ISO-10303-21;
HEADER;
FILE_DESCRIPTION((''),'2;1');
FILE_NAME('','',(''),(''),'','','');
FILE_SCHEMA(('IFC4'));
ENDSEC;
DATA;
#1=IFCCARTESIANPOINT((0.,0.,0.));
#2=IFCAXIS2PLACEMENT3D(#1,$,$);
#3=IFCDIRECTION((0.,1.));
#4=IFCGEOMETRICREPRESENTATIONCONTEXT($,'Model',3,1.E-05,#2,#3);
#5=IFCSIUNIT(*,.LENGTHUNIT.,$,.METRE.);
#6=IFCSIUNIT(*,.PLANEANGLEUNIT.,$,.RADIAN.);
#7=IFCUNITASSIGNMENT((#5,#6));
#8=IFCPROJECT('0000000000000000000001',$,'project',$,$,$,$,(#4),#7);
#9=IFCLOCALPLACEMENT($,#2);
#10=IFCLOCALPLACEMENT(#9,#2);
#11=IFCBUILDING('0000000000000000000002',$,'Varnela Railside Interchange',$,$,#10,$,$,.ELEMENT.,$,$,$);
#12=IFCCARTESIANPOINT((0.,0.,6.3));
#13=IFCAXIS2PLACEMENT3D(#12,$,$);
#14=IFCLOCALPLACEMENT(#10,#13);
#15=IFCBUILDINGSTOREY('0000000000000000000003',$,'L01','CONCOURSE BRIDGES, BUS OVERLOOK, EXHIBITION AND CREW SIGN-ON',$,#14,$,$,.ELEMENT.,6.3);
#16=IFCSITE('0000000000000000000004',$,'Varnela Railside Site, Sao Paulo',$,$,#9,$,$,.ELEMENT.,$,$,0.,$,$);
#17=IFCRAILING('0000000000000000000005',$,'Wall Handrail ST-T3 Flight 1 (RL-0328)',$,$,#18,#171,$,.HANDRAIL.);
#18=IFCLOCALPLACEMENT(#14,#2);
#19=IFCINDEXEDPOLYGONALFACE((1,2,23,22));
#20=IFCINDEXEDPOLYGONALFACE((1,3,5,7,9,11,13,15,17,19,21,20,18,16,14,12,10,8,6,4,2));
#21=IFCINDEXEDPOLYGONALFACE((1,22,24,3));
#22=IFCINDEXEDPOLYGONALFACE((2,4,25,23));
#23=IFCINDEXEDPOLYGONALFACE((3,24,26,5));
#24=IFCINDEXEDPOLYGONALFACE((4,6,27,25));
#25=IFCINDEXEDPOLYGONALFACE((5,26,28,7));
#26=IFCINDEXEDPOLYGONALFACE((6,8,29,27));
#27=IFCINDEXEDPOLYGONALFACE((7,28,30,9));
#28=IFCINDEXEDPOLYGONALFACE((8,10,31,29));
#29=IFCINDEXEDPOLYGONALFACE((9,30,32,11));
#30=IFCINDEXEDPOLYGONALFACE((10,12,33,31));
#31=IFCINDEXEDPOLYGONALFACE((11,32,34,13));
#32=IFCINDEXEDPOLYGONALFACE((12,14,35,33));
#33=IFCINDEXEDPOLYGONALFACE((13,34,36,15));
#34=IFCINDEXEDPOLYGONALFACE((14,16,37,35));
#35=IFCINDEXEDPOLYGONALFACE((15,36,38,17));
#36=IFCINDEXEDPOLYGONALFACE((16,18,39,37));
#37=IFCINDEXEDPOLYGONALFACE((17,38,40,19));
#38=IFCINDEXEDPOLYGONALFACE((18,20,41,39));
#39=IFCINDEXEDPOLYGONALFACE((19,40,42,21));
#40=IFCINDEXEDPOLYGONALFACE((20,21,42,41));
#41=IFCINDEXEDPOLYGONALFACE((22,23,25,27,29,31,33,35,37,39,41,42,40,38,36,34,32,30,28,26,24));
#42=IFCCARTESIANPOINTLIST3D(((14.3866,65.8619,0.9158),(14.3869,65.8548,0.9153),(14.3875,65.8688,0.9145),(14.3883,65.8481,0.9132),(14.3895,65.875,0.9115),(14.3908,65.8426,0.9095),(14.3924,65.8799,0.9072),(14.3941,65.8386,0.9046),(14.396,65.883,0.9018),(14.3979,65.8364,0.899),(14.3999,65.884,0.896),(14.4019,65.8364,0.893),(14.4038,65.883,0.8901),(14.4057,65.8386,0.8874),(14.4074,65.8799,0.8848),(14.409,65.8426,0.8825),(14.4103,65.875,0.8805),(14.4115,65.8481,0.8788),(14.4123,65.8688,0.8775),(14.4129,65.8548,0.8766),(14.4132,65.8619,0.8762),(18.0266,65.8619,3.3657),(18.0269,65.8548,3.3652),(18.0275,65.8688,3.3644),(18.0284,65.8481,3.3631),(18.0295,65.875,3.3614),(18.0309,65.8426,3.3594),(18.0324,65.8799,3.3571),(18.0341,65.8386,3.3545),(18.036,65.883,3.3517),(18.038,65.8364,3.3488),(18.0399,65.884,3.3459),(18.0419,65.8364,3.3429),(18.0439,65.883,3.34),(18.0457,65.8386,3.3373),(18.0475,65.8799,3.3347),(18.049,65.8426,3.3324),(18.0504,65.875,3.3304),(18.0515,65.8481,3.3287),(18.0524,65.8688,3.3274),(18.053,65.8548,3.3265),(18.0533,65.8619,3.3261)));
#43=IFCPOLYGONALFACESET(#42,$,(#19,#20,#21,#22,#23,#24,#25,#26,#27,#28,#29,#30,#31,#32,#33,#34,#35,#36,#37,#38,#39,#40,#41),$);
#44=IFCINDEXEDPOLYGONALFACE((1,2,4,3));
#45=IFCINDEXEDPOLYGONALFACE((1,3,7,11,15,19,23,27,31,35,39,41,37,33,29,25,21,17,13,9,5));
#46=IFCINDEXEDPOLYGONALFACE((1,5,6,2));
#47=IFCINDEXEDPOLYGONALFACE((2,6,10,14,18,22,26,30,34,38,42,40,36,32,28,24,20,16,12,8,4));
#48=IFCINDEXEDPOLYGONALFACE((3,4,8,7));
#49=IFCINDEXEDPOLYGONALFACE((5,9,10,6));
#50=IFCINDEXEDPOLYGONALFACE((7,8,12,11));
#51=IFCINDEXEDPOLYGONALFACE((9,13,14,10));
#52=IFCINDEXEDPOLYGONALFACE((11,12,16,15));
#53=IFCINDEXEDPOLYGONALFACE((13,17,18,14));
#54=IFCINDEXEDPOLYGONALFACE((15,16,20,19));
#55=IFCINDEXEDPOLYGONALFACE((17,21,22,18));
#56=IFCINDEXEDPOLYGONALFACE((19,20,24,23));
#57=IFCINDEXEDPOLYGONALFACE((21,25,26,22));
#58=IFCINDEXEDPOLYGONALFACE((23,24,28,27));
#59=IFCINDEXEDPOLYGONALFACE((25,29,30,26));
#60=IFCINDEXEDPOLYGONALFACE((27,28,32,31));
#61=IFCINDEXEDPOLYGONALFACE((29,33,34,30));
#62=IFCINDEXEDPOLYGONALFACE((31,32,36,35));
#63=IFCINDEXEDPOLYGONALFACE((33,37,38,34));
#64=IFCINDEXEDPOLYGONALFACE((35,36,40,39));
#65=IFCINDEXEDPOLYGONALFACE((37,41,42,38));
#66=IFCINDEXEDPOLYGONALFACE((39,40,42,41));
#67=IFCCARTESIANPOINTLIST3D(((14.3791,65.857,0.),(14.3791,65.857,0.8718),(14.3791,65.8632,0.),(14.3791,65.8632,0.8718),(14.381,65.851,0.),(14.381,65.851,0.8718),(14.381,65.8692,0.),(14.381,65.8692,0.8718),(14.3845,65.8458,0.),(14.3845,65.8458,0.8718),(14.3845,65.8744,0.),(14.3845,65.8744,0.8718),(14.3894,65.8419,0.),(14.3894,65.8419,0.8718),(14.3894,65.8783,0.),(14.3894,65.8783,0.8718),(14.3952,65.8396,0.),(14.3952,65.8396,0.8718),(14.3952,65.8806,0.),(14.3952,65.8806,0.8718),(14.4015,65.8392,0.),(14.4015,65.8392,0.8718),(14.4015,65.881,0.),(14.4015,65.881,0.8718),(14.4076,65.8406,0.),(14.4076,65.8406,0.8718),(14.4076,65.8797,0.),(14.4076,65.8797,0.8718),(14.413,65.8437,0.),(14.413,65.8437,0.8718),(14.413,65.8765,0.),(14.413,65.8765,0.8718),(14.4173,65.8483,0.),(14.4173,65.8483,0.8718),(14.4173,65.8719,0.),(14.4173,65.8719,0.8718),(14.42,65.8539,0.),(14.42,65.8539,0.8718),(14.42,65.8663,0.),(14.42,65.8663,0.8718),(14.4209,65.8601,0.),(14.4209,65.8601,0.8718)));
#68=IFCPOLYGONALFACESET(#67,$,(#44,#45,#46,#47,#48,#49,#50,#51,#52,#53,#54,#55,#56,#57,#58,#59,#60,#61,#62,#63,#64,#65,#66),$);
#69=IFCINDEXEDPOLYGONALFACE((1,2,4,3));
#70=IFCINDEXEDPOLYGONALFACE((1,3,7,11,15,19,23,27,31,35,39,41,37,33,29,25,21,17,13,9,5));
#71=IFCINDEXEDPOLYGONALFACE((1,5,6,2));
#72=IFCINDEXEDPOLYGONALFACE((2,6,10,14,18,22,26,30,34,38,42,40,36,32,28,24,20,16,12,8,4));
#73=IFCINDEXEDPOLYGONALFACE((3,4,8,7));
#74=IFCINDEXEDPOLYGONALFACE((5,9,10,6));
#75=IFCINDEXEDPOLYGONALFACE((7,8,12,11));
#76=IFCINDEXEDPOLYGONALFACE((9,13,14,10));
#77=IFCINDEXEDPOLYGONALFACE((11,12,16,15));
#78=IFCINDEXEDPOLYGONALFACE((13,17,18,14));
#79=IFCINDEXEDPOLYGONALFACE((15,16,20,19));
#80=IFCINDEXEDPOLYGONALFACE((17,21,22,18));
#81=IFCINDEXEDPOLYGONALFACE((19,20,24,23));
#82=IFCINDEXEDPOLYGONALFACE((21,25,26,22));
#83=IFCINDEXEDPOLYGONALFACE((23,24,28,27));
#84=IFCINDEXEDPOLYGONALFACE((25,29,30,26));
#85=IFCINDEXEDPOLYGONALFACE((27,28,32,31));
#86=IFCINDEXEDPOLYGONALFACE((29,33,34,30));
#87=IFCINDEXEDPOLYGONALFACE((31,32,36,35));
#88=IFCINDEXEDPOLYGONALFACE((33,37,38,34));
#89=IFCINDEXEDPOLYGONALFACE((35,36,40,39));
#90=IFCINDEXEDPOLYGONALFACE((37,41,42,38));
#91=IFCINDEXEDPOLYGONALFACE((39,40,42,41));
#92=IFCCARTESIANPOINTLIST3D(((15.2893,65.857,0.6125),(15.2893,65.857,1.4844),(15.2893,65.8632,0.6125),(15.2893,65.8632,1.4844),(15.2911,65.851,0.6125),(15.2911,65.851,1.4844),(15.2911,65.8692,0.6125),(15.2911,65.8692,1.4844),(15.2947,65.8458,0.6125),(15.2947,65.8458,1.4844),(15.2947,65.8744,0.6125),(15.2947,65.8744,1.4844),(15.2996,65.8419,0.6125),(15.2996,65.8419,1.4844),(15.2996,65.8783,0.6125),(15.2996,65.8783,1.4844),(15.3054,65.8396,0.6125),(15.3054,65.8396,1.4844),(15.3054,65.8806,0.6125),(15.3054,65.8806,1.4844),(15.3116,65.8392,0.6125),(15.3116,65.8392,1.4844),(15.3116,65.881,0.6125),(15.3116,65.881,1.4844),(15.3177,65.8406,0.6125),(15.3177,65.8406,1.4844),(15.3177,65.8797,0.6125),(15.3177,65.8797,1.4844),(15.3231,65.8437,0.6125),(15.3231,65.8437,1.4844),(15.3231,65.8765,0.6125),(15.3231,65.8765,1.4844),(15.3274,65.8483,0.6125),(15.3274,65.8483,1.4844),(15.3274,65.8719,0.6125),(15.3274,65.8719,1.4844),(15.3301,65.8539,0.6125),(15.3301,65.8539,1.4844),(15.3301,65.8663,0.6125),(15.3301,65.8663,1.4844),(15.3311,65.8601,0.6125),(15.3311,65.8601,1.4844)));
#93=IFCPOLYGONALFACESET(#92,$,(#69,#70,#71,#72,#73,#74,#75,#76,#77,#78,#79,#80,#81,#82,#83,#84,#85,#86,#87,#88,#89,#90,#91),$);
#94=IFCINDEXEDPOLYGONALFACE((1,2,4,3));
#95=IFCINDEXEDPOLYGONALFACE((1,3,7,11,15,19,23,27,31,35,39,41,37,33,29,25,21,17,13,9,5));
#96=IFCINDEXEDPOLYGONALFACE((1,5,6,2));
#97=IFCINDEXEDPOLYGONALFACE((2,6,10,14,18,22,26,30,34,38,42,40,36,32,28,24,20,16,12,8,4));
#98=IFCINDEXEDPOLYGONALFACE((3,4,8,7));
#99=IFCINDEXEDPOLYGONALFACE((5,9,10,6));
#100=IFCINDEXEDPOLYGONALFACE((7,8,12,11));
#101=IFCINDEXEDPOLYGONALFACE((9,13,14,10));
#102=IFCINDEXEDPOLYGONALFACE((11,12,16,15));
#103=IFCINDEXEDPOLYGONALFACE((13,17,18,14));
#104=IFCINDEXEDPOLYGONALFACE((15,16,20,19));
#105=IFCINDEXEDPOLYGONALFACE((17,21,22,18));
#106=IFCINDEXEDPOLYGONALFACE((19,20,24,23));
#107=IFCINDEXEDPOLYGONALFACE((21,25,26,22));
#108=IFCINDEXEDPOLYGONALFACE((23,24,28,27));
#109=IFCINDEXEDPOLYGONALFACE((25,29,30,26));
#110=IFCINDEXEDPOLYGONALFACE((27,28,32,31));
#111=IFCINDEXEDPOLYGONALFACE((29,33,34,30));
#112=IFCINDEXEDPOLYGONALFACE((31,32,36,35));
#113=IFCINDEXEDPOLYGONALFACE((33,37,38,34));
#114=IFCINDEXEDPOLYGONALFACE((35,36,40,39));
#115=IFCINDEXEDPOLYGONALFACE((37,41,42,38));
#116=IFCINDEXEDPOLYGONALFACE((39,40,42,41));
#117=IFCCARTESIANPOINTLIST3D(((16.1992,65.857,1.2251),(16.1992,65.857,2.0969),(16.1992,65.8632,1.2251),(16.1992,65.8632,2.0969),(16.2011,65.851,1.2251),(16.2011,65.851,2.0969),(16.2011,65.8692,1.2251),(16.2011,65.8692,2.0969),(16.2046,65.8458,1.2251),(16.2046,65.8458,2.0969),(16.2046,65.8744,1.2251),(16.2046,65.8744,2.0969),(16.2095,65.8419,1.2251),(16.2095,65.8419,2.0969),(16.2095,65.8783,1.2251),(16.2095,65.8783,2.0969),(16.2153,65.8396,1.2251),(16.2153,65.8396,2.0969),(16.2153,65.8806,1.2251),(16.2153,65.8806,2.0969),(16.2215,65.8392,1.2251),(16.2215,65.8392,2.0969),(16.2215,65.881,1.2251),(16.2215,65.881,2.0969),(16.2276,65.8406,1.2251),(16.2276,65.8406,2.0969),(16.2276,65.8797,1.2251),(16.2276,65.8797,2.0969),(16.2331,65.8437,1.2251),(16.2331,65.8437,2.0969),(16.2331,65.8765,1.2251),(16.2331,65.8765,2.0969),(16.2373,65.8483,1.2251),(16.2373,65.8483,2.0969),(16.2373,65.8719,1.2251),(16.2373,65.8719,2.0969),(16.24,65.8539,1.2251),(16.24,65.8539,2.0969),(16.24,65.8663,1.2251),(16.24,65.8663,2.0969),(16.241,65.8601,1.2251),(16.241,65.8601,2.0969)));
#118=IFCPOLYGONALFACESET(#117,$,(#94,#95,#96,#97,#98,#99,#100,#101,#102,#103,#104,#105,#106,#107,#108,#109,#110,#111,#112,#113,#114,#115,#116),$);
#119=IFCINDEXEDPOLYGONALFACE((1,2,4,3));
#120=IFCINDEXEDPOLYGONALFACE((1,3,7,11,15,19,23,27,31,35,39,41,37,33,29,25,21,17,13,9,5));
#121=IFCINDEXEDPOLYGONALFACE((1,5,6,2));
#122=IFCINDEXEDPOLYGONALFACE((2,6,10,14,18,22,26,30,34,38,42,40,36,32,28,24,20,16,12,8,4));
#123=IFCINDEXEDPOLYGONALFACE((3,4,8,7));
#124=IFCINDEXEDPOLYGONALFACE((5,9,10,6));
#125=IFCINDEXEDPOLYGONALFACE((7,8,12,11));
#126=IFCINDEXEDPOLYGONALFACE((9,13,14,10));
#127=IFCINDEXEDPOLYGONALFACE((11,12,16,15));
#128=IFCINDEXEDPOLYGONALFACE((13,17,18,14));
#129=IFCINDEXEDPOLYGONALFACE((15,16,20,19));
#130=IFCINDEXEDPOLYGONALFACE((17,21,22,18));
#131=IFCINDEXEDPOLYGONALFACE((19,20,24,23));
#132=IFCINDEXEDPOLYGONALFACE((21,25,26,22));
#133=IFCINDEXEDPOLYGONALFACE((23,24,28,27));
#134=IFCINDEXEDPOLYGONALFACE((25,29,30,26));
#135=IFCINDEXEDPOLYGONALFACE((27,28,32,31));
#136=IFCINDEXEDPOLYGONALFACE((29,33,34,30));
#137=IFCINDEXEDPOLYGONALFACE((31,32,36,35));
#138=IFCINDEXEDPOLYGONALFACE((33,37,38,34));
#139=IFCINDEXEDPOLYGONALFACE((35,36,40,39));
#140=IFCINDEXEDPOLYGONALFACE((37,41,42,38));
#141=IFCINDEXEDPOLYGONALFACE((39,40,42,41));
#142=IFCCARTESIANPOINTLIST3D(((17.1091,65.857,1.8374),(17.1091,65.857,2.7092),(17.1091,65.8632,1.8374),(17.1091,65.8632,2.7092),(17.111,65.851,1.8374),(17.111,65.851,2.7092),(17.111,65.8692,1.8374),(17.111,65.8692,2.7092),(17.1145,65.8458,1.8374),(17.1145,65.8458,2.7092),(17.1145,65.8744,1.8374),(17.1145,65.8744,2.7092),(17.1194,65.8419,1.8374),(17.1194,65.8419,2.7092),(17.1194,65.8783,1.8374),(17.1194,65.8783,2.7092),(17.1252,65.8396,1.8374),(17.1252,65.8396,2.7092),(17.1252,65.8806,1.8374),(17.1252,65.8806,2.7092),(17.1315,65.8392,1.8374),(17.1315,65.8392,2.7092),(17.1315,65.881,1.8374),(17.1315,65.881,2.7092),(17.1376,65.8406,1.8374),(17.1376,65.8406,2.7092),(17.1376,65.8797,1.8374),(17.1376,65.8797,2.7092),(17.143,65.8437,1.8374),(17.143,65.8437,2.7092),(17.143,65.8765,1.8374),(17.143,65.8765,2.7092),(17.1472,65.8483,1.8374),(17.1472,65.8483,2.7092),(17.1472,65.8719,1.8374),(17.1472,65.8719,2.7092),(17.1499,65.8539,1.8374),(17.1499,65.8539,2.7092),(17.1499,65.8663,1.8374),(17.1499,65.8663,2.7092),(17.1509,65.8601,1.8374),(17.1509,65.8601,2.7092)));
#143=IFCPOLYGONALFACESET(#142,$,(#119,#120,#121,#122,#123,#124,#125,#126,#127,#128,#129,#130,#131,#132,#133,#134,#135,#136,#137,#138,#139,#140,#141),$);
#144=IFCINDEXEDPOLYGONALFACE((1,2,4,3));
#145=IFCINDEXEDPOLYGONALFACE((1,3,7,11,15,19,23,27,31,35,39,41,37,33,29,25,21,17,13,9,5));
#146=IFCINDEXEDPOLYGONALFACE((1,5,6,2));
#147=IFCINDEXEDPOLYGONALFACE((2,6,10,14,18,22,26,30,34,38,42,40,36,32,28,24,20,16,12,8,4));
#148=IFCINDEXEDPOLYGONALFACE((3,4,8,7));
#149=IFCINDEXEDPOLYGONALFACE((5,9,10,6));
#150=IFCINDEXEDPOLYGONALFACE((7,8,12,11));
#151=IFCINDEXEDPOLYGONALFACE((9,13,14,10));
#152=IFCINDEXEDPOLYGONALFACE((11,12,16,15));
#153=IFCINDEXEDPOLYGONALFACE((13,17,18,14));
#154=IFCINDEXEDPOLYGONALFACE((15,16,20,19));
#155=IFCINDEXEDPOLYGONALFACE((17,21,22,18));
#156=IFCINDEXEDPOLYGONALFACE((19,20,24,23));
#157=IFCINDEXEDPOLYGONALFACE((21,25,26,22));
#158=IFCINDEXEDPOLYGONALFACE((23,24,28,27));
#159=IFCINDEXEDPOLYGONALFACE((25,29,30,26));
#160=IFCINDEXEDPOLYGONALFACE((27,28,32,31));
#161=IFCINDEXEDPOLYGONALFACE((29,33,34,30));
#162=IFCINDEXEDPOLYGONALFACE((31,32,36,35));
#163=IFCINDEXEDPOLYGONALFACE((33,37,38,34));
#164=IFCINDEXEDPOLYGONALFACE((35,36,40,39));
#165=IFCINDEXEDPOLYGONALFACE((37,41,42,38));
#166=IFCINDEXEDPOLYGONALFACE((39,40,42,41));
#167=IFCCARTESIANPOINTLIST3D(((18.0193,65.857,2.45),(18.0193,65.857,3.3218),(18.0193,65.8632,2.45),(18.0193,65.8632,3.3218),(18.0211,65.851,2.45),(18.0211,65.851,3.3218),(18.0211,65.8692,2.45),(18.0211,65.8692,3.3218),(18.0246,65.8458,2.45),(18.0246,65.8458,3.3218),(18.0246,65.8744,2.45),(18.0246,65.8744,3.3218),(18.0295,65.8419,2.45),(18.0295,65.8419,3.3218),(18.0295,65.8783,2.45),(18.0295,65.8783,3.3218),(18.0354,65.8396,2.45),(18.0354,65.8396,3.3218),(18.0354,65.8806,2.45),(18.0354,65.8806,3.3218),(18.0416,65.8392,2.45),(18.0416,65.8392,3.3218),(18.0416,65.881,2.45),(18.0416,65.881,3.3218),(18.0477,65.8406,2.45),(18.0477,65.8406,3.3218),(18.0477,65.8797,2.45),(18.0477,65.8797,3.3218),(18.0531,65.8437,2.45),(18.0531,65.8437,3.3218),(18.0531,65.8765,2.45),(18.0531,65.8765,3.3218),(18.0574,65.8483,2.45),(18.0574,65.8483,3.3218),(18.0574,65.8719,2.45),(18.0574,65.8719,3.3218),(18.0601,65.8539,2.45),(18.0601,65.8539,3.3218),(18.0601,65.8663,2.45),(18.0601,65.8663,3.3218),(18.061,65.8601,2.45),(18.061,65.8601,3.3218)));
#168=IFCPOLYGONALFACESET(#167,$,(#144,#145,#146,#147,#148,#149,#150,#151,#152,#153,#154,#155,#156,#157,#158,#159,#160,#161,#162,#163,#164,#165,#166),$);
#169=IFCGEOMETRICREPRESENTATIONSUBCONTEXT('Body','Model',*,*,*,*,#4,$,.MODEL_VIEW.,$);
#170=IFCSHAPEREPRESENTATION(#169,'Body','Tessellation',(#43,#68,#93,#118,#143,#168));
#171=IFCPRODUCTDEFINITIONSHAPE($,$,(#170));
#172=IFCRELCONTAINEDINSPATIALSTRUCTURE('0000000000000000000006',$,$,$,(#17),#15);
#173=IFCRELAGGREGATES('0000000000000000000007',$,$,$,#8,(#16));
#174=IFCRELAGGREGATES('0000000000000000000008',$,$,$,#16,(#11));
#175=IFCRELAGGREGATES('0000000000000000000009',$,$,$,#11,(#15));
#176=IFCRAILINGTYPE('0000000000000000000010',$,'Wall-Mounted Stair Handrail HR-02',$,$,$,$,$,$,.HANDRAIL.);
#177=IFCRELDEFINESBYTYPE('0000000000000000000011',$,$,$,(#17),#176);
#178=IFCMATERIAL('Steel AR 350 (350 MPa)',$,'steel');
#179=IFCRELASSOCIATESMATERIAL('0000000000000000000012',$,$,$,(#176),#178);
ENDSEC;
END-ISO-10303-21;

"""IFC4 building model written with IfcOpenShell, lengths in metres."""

from ifc_helpers import new_model, si_unit, direction, frame, origin, origin_2d, place, context, subcontext, project, spatial, circle, extrude, material, type_object, element, save


model = new_model("IFC4")

# Units and contexts
model_context = context("Model", 3, precision=1e-05, world=origin(), true_north=direction((0.0, 1.0)))
body_context = subcontext(model_context, "Body", "Model", "MODEL_VIEW")
ifc_project = project(units=[si_unit("LENGTHUNIT", "METRE"), si_unit("PLANEANGLEUNIT", "RADIAN")], contexts=[model_context])

# Site, building, storey
site_placement = place(None, origin())
site = spatial("IfcSite", under=ifc_project, at=site_placement, Name="Varnela Railside Site, Sao Paulo", CompositionType="ELEMENT", RefElevation=0.0)
building_placement = place(site_placement, origin())
building = spatial("IfcBuilding", under=site, at=building_placement, Name="Varnela Railside Interchange", CompositionType="ELEMENT")
storey_placement = place(building_placement, frame((0.0, 0.0, 6.3)))
storey = spatial("IfcBuildingStorey", under=building, at=storey_placement, Name="L01", Description="CONCOURSE BRIDGES, BUS OVERLOOK, EXHIBITION AND CREW SIGN-ON", CompositionType="ELEMENT", Elevation=6.3)

# Railing
ifc_material_1 = material(Name="Steel AR 350 (350 MPa)", Category="steel")
railing_type_1 = type_object("IfcRailingType", Name="Wall-Mounted Stair Handrail HR-02", PredefinedType="HANDRAIL", material=ifc_material_1)
for number, where, name in (
    (1, (14.3999, 65.8601, 0.0), "Wall Handrail ST-T3 Flight 1 (RL-0328)"),
):
    element("IfcRailing", number, at=place(storey_placement, frame(where)), inside=storey, type_object=railing_type_1, Name=name, PredefinedType="HANDRAIL", context=body_context, shape_type="SweptSolid", body=[
        extrude(circle(Radius=0.0239, at=origin_2d()), frame((0.0, 0.0, 0.896), z_axis=(0.829603, 0.0, 0.558354), x_axis=(0.0, 1.0, 0.0)), (0.0, 0.0, 1.0), 4.3877),
        extrude(circle(Radius=0.021, at=origin_2d()), origin(), (0.0, 0.0, 1.0), 0.8718),
        extrude(circle(Radius=0.021, at=origin_2d()), frame((0.9102, 0.0, 0.6125)), (0.0, 0.0, 1.0), 0.8718),
        extrude(circle(Radius=0.021, at=origin_2d()), frame((1.8201, 0.0, 1.2251)), (0.0, 0.0, 1.0), 0.8718),
        extrude(circle(Radius=0.021, at=origin_2d()), frame((2.73, 0.0, 1.8374)), (0.0, 0.0, 1.0), 0.8718),
        extrude(circle(Radius=0.021, at=origin_2d()), frame((3.6401, 0.0, 2.45)), (0.0, 0.0, 1.0), 0.8718),
    ])

save(model, "model.ifc")
